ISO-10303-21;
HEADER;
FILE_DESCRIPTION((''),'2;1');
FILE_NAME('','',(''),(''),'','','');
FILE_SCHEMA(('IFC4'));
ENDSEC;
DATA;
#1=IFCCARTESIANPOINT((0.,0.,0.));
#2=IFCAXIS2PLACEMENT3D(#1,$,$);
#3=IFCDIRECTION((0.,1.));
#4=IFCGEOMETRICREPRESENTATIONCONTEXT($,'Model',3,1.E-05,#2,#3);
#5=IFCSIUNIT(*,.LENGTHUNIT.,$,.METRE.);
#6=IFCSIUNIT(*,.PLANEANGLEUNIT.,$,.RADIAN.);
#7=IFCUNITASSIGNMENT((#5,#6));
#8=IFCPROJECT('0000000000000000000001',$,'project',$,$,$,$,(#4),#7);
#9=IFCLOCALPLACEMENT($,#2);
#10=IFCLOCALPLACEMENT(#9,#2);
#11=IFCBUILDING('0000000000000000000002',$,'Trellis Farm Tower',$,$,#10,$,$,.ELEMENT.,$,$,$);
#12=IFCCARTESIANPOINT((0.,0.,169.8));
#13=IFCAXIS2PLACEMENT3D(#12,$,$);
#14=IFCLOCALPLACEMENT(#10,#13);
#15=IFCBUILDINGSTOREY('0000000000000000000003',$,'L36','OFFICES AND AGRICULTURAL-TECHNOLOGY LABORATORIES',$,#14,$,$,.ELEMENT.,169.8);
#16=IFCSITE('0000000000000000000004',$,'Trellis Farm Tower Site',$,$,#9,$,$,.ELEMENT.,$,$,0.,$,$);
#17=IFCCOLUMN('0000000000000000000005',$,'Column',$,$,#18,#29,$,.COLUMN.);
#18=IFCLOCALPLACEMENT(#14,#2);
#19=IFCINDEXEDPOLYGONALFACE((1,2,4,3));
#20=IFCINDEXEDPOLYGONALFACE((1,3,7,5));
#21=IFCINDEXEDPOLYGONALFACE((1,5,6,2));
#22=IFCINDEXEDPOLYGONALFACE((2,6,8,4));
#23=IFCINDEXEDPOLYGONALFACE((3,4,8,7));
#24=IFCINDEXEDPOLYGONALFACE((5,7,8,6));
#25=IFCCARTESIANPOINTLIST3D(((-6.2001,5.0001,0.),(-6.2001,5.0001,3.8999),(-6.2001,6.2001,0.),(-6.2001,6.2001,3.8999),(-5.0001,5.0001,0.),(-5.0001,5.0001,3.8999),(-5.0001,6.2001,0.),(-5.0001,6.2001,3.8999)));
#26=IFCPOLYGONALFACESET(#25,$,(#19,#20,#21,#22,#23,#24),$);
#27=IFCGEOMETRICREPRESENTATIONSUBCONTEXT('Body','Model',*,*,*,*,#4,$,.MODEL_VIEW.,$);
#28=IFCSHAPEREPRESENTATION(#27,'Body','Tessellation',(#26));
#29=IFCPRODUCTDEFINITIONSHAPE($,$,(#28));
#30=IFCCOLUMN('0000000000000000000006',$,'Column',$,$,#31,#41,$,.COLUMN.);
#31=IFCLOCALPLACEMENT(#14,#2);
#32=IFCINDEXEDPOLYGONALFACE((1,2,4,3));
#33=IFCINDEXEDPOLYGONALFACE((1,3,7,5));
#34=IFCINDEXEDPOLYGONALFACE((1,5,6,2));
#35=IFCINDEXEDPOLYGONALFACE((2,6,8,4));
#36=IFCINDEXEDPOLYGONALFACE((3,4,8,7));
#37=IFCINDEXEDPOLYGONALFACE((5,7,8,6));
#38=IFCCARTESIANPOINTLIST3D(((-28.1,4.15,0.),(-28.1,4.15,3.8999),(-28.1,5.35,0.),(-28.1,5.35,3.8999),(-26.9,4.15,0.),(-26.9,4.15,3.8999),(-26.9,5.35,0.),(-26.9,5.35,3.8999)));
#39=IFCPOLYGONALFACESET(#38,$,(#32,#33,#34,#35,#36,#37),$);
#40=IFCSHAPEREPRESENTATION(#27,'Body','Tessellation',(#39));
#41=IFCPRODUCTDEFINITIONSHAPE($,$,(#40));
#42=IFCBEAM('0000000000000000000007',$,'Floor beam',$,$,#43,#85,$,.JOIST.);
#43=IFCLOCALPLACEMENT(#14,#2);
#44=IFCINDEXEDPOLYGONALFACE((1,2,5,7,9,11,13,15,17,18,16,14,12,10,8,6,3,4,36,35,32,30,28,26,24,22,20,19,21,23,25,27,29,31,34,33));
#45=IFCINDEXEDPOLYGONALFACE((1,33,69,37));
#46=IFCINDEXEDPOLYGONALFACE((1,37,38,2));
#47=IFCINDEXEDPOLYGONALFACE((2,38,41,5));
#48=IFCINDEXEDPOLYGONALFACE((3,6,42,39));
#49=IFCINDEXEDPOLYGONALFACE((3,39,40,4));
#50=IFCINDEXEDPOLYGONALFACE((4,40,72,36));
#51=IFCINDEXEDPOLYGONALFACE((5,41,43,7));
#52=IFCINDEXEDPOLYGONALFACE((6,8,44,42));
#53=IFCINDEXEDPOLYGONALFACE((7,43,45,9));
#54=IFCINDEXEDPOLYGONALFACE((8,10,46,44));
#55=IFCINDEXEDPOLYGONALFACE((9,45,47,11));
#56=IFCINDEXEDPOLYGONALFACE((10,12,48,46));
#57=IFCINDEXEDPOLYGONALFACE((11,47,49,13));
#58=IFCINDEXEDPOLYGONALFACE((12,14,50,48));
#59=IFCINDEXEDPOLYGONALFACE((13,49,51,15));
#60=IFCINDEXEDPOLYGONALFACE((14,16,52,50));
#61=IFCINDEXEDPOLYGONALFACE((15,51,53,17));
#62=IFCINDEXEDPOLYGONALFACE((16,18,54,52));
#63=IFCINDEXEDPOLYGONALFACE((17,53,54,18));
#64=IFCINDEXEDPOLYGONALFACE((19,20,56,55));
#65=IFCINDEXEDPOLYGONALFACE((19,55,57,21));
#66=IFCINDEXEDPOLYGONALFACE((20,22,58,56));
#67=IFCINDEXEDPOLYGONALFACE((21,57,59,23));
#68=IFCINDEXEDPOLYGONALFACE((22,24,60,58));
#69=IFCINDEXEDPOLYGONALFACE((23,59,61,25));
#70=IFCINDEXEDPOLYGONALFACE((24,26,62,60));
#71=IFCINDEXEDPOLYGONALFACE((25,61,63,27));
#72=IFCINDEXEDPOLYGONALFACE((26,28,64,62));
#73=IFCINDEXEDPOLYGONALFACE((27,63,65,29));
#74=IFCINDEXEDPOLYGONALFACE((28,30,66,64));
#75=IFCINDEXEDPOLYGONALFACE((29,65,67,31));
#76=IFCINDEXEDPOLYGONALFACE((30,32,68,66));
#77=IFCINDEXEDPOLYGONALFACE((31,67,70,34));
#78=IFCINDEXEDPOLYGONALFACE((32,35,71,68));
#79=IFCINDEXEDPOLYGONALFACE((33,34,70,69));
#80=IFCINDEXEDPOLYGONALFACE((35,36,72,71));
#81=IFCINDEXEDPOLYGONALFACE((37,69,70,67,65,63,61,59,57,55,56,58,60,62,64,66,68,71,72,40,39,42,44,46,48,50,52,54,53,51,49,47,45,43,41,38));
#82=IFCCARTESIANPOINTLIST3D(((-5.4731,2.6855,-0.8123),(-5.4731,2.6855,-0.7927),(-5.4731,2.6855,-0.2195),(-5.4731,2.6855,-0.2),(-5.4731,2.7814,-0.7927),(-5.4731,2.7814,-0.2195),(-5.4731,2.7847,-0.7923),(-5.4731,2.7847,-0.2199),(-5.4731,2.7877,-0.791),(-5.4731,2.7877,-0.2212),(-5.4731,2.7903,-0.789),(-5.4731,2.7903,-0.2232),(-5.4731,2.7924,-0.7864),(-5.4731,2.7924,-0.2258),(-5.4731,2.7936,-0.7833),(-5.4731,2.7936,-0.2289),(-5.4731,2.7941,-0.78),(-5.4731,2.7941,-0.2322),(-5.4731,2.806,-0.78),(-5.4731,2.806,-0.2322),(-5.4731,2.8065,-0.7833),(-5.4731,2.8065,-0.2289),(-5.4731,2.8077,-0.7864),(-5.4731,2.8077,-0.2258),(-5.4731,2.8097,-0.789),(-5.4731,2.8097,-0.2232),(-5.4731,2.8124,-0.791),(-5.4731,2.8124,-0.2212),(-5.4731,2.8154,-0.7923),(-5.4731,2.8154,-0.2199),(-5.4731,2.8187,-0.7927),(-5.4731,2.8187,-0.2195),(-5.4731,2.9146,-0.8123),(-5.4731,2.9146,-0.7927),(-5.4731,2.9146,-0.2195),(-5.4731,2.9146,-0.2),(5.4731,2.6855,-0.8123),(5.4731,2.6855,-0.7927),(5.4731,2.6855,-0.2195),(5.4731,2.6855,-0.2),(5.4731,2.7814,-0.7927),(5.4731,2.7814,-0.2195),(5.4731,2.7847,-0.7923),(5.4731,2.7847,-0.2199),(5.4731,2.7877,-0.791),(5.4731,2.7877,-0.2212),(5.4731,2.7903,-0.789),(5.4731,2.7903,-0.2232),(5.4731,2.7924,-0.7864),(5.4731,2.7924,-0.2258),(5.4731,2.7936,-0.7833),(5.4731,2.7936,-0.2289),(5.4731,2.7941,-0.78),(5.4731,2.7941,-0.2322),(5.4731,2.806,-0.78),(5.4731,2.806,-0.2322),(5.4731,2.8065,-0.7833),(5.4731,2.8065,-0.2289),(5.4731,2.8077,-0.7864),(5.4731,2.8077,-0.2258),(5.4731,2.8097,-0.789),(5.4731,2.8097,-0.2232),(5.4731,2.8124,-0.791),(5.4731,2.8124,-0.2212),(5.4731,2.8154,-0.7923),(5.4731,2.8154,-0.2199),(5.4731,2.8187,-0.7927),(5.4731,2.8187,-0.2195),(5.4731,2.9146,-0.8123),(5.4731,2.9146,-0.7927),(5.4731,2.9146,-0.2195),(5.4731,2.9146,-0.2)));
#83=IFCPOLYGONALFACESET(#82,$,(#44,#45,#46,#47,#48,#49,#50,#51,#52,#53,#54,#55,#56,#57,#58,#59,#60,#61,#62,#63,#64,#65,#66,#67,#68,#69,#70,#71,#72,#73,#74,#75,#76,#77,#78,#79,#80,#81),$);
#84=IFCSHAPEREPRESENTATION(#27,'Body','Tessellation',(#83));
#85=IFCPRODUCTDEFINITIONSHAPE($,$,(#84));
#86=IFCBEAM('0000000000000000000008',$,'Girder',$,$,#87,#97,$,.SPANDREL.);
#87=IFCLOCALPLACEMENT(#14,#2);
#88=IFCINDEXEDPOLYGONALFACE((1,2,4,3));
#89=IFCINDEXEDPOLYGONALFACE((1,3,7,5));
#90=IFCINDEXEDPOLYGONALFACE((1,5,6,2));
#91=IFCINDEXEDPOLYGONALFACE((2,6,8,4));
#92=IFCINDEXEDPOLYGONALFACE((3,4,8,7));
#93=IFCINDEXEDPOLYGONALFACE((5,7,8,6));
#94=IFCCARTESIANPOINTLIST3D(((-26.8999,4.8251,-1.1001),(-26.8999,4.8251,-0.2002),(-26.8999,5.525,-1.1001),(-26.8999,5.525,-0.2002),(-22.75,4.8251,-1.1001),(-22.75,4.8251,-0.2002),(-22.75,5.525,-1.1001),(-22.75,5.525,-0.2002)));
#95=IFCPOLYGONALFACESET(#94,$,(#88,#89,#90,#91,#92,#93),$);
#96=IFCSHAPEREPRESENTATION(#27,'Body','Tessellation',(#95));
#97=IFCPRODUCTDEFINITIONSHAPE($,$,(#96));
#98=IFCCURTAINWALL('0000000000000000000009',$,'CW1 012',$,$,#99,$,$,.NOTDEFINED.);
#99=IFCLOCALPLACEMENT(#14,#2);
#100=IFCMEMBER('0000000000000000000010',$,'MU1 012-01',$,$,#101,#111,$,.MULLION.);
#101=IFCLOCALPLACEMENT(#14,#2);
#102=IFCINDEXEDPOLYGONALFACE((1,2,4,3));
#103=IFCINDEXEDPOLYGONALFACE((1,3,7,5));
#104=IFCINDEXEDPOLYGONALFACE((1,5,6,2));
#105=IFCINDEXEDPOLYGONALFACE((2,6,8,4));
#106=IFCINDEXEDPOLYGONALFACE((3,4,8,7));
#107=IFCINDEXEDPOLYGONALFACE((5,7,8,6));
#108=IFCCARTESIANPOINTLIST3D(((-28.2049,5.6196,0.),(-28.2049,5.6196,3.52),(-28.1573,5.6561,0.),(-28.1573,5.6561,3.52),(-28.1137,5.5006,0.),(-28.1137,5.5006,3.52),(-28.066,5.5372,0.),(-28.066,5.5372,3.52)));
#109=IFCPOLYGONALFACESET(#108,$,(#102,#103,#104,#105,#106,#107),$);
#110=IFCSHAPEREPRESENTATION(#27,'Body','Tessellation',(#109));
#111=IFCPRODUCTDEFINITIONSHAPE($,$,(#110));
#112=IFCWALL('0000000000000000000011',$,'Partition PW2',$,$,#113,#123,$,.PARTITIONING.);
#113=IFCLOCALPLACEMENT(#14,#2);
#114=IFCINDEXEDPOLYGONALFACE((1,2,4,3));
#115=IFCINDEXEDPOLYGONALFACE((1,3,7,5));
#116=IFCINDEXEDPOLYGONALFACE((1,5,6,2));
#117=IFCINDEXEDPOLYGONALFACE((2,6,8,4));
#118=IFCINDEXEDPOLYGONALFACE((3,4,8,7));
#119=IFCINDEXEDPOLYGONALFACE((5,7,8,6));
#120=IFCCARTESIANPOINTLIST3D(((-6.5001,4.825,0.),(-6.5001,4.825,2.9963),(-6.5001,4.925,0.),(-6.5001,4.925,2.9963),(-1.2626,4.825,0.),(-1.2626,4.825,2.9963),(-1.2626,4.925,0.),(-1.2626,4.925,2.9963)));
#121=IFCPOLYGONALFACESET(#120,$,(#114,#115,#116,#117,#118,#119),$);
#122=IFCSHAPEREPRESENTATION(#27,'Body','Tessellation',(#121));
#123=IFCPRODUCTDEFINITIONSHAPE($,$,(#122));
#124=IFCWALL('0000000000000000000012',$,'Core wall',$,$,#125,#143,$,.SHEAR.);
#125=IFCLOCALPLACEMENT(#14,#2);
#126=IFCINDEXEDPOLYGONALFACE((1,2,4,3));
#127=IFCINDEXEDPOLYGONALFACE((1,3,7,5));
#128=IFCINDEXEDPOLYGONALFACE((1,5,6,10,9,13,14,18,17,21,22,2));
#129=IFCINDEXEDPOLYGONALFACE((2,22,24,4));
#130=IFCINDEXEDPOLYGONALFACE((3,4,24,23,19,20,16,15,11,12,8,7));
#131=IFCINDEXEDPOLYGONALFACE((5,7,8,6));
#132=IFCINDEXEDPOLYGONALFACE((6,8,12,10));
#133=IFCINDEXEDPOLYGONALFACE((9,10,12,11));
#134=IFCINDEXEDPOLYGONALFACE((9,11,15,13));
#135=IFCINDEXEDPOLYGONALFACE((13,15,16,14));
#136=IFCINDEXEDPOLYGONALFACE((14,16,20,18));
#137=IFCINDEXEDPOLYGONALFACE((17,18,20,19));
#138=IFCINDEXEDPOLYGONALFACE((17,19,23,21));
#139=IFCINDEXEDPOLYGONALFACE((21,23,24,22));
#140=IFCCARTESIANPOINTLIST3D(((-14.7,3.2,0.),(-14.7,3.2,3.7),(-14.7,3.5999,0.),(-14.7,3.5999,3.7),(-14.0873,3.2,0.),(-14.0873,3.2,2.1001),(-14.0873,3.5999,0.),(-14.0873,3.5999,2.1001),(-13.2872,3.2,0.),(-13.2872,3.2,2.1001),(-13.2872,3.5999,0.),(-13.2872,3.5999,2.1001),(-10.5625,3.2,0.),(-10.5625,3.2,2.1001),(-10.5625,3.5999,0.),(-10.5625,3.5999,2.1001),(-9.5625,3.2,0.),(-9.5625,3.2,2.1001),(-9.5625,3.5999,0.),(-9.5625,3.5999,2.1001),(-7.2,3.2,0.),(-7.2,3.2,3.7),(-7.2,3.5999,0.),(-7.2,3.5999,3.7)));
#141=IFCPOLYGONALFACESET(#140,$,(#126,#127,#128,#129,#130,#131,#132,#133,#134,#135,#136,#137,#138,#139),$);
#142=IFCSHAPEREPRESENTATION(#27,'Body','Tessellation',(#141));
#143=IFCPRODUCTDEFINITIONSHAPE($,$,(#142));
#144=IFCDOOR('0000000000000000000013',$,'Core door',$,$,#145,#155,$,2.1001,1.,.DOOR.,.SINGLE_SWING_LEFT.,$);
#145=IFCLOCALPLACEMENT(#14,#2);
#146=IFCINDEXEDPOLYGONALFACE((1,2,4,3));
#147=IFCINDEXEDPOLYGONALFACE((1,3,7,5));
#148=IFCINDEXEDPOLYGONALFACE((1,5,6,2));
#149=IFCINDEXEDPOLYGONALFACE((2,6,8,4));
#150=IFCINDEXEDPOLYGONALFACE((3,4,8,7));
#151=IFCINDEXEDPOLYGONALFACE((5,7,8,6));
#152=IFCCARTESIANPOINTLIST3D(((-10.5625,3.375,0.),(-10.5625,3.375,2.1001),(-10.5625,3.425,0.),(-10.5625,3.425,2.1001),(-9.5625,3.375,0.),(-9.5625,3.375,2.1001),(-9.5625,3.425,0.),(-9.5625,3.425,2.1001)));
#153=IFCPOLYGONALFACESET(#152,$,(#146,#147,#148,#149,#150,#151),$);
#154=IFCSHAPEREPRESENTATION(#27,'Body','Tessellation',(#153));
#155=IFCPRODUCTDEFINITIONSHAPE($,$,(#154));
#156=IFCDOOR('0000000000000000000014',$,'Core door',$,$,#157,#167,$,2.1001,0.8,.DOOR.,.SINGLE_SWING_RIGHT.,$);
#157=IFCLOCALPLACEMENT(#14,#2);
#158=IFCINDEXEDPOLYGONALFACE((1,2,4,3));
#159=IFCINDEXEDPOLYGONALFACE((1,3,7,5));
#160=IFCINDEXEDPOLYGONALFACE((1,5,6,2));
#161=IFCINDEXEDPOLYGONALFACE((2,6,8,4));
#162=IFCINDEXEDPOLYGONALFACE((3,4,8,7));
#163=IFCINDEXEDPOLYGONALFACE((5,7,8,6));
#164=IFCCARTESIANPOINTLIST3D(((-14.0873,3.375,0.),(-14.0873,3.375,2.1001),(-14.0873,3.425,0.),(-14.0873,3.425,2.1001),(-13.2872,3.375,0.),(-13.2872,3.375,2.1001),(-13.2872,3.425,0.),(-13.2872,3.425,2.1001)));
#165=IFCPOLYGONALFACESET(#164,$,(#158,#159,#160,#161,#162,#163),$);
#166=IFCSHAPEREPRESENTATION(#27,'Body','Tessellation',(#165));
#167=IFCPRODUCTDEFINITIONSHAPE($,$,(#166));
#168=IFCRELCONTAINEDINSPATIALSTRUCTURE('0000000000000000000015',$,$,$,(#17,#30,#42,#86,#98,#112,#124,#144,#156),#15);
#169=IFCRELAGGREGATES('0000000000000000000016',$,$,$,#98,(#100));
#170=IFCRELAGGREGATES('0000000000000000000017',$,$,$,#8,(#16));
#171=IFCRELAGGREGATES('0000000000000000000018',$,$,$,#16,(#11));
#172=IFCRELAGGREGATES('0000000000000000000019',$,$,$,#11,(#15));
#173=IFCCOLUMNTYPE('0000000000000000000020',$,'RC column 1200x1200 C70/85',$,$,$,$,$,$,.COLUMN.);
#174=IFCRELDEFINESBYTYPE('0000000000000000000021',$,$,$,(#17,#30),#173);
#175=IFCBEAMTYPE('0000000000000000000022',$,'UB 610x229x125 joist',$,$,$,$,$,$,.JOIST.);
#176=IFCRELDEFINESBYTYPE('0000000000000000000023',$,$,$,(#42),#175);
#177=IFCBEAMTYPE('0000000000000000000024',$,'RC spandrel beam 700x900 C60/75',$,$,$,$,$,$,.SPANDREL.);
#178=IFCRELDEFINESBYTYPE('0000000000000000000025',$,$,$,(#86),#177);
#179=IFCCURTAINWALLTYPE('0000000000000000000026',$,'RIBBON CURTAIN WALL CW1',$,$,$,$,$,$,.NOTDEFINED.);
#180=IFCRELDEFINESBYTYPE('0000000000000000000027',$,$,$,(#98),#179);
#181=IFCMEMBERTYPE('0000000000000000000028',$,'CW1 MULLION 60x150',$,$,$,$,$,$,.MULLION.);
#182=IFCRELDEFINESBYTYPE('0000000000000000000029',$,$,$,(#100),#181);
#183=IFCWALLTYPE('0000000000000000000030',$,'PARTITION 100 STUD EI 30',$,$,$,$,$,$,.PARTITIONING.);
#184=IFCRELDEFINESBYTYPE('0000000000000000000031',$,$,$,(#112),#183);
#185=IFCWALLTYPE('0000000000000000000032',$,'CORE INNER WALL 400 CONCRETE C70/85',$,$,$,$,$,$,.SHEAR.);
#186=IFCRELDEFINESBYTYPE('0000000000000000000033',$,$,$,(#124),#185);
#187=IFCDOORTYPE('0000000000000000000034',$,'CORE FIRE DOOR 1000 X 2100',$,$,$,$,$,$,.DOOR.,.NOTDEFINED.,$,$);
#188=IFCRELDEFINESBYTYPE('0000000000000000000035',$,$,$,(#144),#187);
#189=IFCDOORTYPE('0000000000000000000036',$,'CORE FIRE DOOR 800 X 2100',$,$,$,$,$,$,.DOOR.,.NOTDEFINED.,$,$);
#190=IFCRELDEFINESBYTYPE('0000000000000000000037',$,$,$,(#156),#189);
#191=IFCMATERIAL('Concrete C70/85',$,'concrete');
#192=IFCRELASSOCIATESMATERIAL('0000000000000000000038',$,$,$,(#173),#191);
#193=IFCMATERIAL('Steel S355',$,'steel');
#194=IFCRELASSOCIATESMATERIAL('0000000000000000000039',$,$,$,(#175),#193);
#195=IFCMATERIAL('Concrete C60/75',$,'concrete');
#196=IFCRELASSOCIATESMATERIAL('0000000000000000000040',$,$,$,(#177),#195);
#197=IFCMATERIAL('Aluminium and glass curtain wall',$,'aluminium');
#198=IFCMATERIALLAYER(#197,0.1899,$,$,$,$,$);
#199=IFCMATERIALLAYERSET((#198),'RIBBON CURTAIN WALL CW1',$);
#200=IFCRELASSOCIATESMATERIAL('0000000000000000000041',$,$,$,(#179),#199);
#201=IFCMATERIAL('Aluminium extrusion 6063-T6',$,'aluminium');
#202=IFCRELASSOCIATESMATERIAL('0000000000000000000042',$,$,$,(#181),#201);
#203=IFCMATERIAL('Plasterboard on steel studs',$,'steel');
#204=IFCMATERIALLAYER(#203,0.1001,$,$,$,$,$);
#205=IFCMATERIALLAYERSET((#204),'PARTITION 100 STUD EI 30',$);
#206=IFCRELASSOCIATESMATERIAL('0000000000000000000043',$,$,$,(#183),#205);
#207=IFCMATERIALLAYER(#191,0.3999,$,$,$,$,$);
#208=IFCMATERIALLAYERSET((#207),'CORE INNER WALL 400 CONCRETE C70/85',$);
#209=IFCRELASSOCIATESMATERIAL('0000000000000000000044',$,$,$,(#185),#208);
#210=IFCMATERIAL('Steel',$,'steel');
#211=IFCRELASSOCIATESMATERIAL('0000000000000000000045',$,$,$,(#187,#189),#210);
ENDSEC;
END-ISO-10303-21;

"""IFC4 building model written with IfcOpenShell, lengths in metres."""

from ifc_helpers import new_model, si_unit, direction, frame, frame_2d, origin, origin_2d, place, context, subcontext, project, spatial, rectangle, i_section, extrude, source, transform, mapped, material, layer, layer_set, material_profile, profile_set, type_object, element, fill, aggregate, save


model = new_model("IFC4")

# Units and contexts
model_context = context("Model", 3, precision=1e-05, world=origin(), true_north=direction((0.0, 1.0)))
body_context = subcontext(model_context, "Body", "Model", "MODEL_VIEW")
ifc_project = project(units=[si_unit("LENGTHUNIT", "METRE"), si_unit("PLANEANGLEUNIT", "RADIAN")], contexts=[model_context])

# Site, building, storey
site_placement = place(None, origin())
site = spatial("IfcSite", under=ifc_project, at=site_placement, Name="Trellis Farm Tower Site", CompositionType="ELEMENT", RefElevation=0.0)
building_placement = place(site_placement, origin())
building = spatial("IfcBuilding", under=site, at=building_placement, Name="Trellis Farm Tower", CompositionType="ELEMENT")
storey_placement = place(building_placement, frame((0.0, 0.0, 169.8)))
storey = spatial("IfcBuildingStorey", under=building, at=storey_placement, Name="L36", Description="OFFICES AND AGRICULTURAL-TECHNOLOGY LABORATORIES", CompositionType="ELEMENT", Elevation=169.8)

# Columns
ifc_material_1 = material(Name="Concrete C70/85", Category="concrete")
ifc_material_profile_1 = material_profile(ifc_material_1, rectangle(XDim=1.2, YDim=1.2, at=origin_2d()), Name="RC column 1200x1200 C70/85")
ifc_profile_set_1 = profile_set([ifc_material_profile_1], Name="Concrete C70/85")
column_type = type_object("IfcColumnType", Name="RC column 1200x1200 C70/85", PredefinedType="COLUMN", material=ifc_profile_set_1)
shared_shape_1 = source(origin(), body_context, "Body", "SweptSolid", [
    extrude(rectangle(XDim=1.2, YDim=1.2, at=origin_2d()), origin(), (0.0, 0.0, 1.0), 3.8999),
])
for number, where, z_axis, x_axis, name in (
    (1, (-5.6001, 5.6001, 0.0), (0.0, 0.0, 1.0), (1.0, 0.0, 0.0), "Column"),
    (2, (-27.5, 4.75, 0.0), (0.0, 0.0, 1.0), (1.0, 0.0, 0.0), "Column"),
):
    element("IfcColumn", number, at=place(storey_placement, frame(where, z_axis=z_axis, x_axis=x_axis)), inside=storey, type_object=column_type, Name=name, PredefinedType="COLUMN", context=body_context, shape_type="MappedRepresentation", body=[
        mapped(shared_shape_1, transform((0.0, 0.0, 0.0))),
    ])

# Beams
ifc_material_2 = material(Name="Steel S355", Category="steel")
ifc_material_profile_2 = material_profile(ifc_material_2, i_section(OverallWidth=0.229, OverallDepth=0.6123, WebThickness=0.012, FlangeThickness=0.0195, FilletRadius=0.0127, at=origin_2d()), Name="UB 610x229x125")
ifc_profile_set_2 = profile_set([ifc_material_profile_2], Name="Steel S355")
beam_type_1 = type_object("IfcBeamType", Name="UB 610x229x125 joist", PredefinedType="JOIST", material=ifc_profile_set_2)
shared_shape_2 = source(origin(), body_context, "Body", "SweptSolid", [
    extrude(i_section(OverallWidth=0.229, OverallDepth=0.6123, WebThickness=0.012, FlangeThickness=0.0195, FilletRadius=0.0127, at=origin_2d()), origin(), (0.0, 0.0, 1.0), 10.9463),
])
beam_1_placement = place(storey_placement, frame((-5.4731, 2.8, -0.5061), z_axis=(1.0, 0.0, 0.0), x_axis=(0.0, 1.0, 0.0)))
element("IfcBeam", 3, at=beam_1_placement, inside=storey, type_object=beam_type_1, Name="Floor beam", PredefinedType="JOIST", context=body_context, shape_type="MappedRepresentation", body=[
    mapped(shared_shape_2, transform((0.0, 0.0, 0.0))),
])
ifc_material_3 = material(Name="Concrete C60/75", Category="concrete")
ifc_material_profile_3 = material_profile(ifc_material_3, rectangle(XDim=0.7, YDim=0.8999, at=origin_2d()), Name="RC spandrel beam 700x900 C60/75")
ifc_profile_set_3 = profile_set([ifc_material_profile_3], Name="Concrete C60/75")
beam_type_2 = type_object("IfcBeamType", Name="RC spandrel beam 700x900 C60/75", PredefinedType="SPANDREL", material=ifc_profile_set_3)
shared_shape_3 = source(origin(), body_context, "Body", "SweptSolid", [
    extrude(rectangle(XDim=0.7, YDim=0.8999, at=origin_2d()), origin(), (0.0, 0.0, 1.0), 4.1499),
])
beam_2_placement = place(storey_placement, frame((-26.8999, 5.175, -0.6501), z_axis=(1.0, 0.0, 0.0), x_axis=(0.0, 1.0, 0.0)))
element("IfcBeam", 4, at=beam_2_placement, inside=storey, type_object=beam_type_2, Name="Girder", PredefinedType="SPANDREL", context=body_context, shape_type="MappedRepresentation", body=[
    mapped(shared_shape_3, transform((0.0, 0.0, 0.0))),
])

# Curtain wall, member
ifc_material_4 = material(Name="Aluminium and glass curtain wall", Category="aluminium")
ifc_layer_1 = layer(ifc_material_4, 0.1899)
ifc_layer_set_1 = layer_set([ifc_layer_1], Name="RIBBON CURTAIN WALL CW1")
curtain_wall_type = type_object("IfcCurtainWallType", Name="RIBBON CURTAIN WALL CW1", PredefinedType="NOTDEFINED", material=ifc_layer_set_1)
placement = place(storey_placement, origin())
curtain_wall = element("IfcCurtainWall", 5, at=placement, inside=storey, type_object=curtain_wall_type, Name="CW1 012", PredefinedType="NOTDEFINED")
ifc_material_5 = material(Name="Aluminium extrusion 6063-T6", Category="aluminium")
ifc_material_profile_4 = material_profile(ifc_material_5, rectangle(XDim=0.0601, YDim=0.1499, at=origin_2d()), Name="MULLION 60x150")
ifc_profile_set_4 = profile_set([ifc_material_profile_4], Name="Aluminium extrusion 6063-T6")
member_type = type_object("IfcMemberType", Name="CW1 MULLION 60x150", PredefinedType="MULLION", material=ifc_profile_set_4)
shared_shape_4 = source(origin(), body_context, "Body", "SweptSolid", [
    extrude(rectangle(XDim=0.0601, YDim=0.1499, at=origin_2d()), origin(), (0.0, 0.0, 1.0), 3.52),
])
member_placement = place(storey_placement, frame((-28.1355, 5.5784, 0.0), z_axis=(0.0, 0.0, 1.0), x_axis=(-0.793353, -0.608761, 0.0)))
member = element("IfcMember", 6, at=member_placement, type_object=member_type, Name="MU1 012-01", PredefinedType="MULLION", context=body_context, shape_type="MappedRepresentation", body=[
    mapped(shared_shape_4, transform((0.0, 0.0, 0.0))),
])
aggregate(curtain_wall, [member])

# Wall
ifc_material_6 = material(Name="Plasterboard on steel studs", Category="steel")
ifc_layer_2 = layer(ifc_material_6, 0.1001)
ifc_layer_set_2 = layer_set([ifc_layer_2], Name="PARTITION 100 STUD EI 30")
wall_type_1 = type_object("IfcWallType", Name="PARTITION 100 STUD EI 30", PredefinedType="PARTITIONING", material=ifc_layer_set_2)
wall_1_placement = place(storey_placement, frame((-6.5, 4.875, 0.0), z_axis=(0.0, 0.0, 1.0), x_axis=(1.0, 0.0, 0.0)))
element("IfcWall", 7, at=wall_1_placement, inside=storey, type_object=wall_type_1, Name="Partition PW2", PredefinedType="PARTITIONING", context=body_context, shape_type="SweptSolid", body=[
    extrude(rectangle(XDim=5.2375, YDim=0.1001, at=frame_2d((2.6187, 0.0))), origin(), (0.0, 0.0, 1.0), 2.9963),
])

# Wall, openings, doors
ifc_layer_3 = layer(ifc_material_1, 0.3999)
ifc_layer_set_3 = layer_set([ifc_layer_3], Name="CORE INNER WALL 400 CONCRETE C70/85")
wall_type_2 = type_object("IfcWallType", Name="CORE INNER WALL 400 CONCRETE C70/85", PredefinedType="SHEAR", material=ifc_layer_set_3)
shared_shape_5 = source(origin(), body_context, "Body", "SweptSolid", [
    extrude(rectangle(XDim=7.5, YDim=0.3999, at=frame_2d((3.75, 0.0))), origin(), (0.0, 0.0, 1.0), 3.7),
])
wall_2_placement = place(storey_placement, frame((-7.2, 3.3999, 0.0), z_axis=(0.0, 0.0, 1.0), x_axis=(-1.0, 0.0, 0.0)))
wall_2 = element("IfcWall", 8, at=wall_2_placement, inside=storey, type_object=wall_type_2, Name="Core wall", PredefinedType="SHEAR", context=body_context, shape_type="MappedRepresentation", body=[
    mapped(shared_shape_5, transform((0.0, 0.0, 0.0))),
])
shared_shape_6 = source(origin(), body_context, "Body", "SweptSolid", [
    extrude(rectangle(XDim=1.0, YDim=2.1001, at=frame_2d((0.5, 1.05))), frame((0.0, 0.21, 0.0), z_axis=(0.0, -1.0, 0.0), x_axis=(1.0, 0.0, 0.0)), (0.0, 0.0, 1.0), 0.4199),
])
opening_1_placement = place(wall_2_placement, frame((2.3625, 0.0, 0.0)))
opening_1 = element("IfcOpeningElement", 9, at=opening_1_placement, cuts=wall_2, PredefinedType="OPENING", context=body_context, shape_type="MappedRepresentation", body=[
    mapped(shared_shape_6, transform((0.0, 0.0, 0.0))),
])
shared_shape_7 = source(origin(), body_context, "Body", "SweptSolid", [
    extrude(rectangle(XDim=0.8, YDim=2.1001, at=frame_2d((0.3999, 1.05))), frame((0.0, 0.21, 0.0), z_axis=(0.0, -1.0, 0.0), x_axis=(1.0, 0.0, 0.0)), (0.0, 0.0, 1.0), 0.4199),
])
opening_2_placement = place(wall_2_placement, frame((6.0874, 0.0, 0.0)))
opening_2 = element("IfcOpeningElement", 10, at=opening_2_placement, cuts=wall_2, PredefinedType="OPENING", context=body_context, shape_type="MappedRepresentation", body=[
    mapped(shared_shape_7, transform((0.0, 0.0, 0.0))),
])
ifc_material_7 = material(Name="Steel", Category="steel")
door_type_1 = type_object("IfcDoorType", Name="CORE FIRE DOOR 1000 X 2100", OperationType="NOTDEFINED", PredefinedType="DOOR", material=ifc_material_7)
shared_shape_8 = source(origin(), body_context, "Body", "SweptSolid", [
    extrude(rectangle(XDim=1.0, YDim=2.1001, at=frame_2d((0.5, 1.05))), frame((0.0, 0.0249, 0.0), z_axis=(0.0, -1.0, 0.0), x_axis=(1.0, 0.0, 0.0)), (0.0, 0.0, 1.0), 0.05),
])
door_1_placement = place(opening_1_placement, origin())
door_1 = element("IfcDoor", 11, at=door_1_placement, inside=storey, type_object=door_type_1, Name="Core door", OperationType="SINGLE_SWING_LEFT", OverallHeight=2.1001, OverallWidth=1.0, PredefinedType="DOOR", context=body_context, shape_type="MappedRepresentation", body=[
    mapped(shared_shape_8, transform((0.0, 0.0, 0.0))),
])
fill(opening_1, door_1)
door_type_2 = type_object("IfcDoorType", Name="CORE FIRE DOOR 800 X 2100", OperationType="NOTDEFINED", PredefinedType="DOOR", material=ifc_material_7)
shared_shape_9 = source(origin(), body_context, "Body", "SweptSolid", [
    extrude(rectangle(XDim=0.8, YDim=2.1001, at=frame_2d((0.3999, 1.05))), frame((0.0, 0.0249, 0.0), z_axis=(0.0, -1.0, 0.0), x_axis=(1.0, 0.0, 0.0)), (0.0, 0.0, 1.0), 0.05),
])
door_2_placement = place(opening_2_placement, origin())
door_2 = element("IfcDoor", 12, at=door_2_placement, inside=storey, type_object=door_type_2, Name="Core door", OperationType="SINGLE_SWING_RIGHT", OverallHeight=2.1001, OverallWidth=0.8, PredefinedType="DOOR", context=body_context, shape_type="MappedRepresentation", body=[
    mapped(shared_shape_9, transform((0.0, 0.0, 0.0))),
])
fill(opening_2, door_2)

save(model, "model.ifc")
